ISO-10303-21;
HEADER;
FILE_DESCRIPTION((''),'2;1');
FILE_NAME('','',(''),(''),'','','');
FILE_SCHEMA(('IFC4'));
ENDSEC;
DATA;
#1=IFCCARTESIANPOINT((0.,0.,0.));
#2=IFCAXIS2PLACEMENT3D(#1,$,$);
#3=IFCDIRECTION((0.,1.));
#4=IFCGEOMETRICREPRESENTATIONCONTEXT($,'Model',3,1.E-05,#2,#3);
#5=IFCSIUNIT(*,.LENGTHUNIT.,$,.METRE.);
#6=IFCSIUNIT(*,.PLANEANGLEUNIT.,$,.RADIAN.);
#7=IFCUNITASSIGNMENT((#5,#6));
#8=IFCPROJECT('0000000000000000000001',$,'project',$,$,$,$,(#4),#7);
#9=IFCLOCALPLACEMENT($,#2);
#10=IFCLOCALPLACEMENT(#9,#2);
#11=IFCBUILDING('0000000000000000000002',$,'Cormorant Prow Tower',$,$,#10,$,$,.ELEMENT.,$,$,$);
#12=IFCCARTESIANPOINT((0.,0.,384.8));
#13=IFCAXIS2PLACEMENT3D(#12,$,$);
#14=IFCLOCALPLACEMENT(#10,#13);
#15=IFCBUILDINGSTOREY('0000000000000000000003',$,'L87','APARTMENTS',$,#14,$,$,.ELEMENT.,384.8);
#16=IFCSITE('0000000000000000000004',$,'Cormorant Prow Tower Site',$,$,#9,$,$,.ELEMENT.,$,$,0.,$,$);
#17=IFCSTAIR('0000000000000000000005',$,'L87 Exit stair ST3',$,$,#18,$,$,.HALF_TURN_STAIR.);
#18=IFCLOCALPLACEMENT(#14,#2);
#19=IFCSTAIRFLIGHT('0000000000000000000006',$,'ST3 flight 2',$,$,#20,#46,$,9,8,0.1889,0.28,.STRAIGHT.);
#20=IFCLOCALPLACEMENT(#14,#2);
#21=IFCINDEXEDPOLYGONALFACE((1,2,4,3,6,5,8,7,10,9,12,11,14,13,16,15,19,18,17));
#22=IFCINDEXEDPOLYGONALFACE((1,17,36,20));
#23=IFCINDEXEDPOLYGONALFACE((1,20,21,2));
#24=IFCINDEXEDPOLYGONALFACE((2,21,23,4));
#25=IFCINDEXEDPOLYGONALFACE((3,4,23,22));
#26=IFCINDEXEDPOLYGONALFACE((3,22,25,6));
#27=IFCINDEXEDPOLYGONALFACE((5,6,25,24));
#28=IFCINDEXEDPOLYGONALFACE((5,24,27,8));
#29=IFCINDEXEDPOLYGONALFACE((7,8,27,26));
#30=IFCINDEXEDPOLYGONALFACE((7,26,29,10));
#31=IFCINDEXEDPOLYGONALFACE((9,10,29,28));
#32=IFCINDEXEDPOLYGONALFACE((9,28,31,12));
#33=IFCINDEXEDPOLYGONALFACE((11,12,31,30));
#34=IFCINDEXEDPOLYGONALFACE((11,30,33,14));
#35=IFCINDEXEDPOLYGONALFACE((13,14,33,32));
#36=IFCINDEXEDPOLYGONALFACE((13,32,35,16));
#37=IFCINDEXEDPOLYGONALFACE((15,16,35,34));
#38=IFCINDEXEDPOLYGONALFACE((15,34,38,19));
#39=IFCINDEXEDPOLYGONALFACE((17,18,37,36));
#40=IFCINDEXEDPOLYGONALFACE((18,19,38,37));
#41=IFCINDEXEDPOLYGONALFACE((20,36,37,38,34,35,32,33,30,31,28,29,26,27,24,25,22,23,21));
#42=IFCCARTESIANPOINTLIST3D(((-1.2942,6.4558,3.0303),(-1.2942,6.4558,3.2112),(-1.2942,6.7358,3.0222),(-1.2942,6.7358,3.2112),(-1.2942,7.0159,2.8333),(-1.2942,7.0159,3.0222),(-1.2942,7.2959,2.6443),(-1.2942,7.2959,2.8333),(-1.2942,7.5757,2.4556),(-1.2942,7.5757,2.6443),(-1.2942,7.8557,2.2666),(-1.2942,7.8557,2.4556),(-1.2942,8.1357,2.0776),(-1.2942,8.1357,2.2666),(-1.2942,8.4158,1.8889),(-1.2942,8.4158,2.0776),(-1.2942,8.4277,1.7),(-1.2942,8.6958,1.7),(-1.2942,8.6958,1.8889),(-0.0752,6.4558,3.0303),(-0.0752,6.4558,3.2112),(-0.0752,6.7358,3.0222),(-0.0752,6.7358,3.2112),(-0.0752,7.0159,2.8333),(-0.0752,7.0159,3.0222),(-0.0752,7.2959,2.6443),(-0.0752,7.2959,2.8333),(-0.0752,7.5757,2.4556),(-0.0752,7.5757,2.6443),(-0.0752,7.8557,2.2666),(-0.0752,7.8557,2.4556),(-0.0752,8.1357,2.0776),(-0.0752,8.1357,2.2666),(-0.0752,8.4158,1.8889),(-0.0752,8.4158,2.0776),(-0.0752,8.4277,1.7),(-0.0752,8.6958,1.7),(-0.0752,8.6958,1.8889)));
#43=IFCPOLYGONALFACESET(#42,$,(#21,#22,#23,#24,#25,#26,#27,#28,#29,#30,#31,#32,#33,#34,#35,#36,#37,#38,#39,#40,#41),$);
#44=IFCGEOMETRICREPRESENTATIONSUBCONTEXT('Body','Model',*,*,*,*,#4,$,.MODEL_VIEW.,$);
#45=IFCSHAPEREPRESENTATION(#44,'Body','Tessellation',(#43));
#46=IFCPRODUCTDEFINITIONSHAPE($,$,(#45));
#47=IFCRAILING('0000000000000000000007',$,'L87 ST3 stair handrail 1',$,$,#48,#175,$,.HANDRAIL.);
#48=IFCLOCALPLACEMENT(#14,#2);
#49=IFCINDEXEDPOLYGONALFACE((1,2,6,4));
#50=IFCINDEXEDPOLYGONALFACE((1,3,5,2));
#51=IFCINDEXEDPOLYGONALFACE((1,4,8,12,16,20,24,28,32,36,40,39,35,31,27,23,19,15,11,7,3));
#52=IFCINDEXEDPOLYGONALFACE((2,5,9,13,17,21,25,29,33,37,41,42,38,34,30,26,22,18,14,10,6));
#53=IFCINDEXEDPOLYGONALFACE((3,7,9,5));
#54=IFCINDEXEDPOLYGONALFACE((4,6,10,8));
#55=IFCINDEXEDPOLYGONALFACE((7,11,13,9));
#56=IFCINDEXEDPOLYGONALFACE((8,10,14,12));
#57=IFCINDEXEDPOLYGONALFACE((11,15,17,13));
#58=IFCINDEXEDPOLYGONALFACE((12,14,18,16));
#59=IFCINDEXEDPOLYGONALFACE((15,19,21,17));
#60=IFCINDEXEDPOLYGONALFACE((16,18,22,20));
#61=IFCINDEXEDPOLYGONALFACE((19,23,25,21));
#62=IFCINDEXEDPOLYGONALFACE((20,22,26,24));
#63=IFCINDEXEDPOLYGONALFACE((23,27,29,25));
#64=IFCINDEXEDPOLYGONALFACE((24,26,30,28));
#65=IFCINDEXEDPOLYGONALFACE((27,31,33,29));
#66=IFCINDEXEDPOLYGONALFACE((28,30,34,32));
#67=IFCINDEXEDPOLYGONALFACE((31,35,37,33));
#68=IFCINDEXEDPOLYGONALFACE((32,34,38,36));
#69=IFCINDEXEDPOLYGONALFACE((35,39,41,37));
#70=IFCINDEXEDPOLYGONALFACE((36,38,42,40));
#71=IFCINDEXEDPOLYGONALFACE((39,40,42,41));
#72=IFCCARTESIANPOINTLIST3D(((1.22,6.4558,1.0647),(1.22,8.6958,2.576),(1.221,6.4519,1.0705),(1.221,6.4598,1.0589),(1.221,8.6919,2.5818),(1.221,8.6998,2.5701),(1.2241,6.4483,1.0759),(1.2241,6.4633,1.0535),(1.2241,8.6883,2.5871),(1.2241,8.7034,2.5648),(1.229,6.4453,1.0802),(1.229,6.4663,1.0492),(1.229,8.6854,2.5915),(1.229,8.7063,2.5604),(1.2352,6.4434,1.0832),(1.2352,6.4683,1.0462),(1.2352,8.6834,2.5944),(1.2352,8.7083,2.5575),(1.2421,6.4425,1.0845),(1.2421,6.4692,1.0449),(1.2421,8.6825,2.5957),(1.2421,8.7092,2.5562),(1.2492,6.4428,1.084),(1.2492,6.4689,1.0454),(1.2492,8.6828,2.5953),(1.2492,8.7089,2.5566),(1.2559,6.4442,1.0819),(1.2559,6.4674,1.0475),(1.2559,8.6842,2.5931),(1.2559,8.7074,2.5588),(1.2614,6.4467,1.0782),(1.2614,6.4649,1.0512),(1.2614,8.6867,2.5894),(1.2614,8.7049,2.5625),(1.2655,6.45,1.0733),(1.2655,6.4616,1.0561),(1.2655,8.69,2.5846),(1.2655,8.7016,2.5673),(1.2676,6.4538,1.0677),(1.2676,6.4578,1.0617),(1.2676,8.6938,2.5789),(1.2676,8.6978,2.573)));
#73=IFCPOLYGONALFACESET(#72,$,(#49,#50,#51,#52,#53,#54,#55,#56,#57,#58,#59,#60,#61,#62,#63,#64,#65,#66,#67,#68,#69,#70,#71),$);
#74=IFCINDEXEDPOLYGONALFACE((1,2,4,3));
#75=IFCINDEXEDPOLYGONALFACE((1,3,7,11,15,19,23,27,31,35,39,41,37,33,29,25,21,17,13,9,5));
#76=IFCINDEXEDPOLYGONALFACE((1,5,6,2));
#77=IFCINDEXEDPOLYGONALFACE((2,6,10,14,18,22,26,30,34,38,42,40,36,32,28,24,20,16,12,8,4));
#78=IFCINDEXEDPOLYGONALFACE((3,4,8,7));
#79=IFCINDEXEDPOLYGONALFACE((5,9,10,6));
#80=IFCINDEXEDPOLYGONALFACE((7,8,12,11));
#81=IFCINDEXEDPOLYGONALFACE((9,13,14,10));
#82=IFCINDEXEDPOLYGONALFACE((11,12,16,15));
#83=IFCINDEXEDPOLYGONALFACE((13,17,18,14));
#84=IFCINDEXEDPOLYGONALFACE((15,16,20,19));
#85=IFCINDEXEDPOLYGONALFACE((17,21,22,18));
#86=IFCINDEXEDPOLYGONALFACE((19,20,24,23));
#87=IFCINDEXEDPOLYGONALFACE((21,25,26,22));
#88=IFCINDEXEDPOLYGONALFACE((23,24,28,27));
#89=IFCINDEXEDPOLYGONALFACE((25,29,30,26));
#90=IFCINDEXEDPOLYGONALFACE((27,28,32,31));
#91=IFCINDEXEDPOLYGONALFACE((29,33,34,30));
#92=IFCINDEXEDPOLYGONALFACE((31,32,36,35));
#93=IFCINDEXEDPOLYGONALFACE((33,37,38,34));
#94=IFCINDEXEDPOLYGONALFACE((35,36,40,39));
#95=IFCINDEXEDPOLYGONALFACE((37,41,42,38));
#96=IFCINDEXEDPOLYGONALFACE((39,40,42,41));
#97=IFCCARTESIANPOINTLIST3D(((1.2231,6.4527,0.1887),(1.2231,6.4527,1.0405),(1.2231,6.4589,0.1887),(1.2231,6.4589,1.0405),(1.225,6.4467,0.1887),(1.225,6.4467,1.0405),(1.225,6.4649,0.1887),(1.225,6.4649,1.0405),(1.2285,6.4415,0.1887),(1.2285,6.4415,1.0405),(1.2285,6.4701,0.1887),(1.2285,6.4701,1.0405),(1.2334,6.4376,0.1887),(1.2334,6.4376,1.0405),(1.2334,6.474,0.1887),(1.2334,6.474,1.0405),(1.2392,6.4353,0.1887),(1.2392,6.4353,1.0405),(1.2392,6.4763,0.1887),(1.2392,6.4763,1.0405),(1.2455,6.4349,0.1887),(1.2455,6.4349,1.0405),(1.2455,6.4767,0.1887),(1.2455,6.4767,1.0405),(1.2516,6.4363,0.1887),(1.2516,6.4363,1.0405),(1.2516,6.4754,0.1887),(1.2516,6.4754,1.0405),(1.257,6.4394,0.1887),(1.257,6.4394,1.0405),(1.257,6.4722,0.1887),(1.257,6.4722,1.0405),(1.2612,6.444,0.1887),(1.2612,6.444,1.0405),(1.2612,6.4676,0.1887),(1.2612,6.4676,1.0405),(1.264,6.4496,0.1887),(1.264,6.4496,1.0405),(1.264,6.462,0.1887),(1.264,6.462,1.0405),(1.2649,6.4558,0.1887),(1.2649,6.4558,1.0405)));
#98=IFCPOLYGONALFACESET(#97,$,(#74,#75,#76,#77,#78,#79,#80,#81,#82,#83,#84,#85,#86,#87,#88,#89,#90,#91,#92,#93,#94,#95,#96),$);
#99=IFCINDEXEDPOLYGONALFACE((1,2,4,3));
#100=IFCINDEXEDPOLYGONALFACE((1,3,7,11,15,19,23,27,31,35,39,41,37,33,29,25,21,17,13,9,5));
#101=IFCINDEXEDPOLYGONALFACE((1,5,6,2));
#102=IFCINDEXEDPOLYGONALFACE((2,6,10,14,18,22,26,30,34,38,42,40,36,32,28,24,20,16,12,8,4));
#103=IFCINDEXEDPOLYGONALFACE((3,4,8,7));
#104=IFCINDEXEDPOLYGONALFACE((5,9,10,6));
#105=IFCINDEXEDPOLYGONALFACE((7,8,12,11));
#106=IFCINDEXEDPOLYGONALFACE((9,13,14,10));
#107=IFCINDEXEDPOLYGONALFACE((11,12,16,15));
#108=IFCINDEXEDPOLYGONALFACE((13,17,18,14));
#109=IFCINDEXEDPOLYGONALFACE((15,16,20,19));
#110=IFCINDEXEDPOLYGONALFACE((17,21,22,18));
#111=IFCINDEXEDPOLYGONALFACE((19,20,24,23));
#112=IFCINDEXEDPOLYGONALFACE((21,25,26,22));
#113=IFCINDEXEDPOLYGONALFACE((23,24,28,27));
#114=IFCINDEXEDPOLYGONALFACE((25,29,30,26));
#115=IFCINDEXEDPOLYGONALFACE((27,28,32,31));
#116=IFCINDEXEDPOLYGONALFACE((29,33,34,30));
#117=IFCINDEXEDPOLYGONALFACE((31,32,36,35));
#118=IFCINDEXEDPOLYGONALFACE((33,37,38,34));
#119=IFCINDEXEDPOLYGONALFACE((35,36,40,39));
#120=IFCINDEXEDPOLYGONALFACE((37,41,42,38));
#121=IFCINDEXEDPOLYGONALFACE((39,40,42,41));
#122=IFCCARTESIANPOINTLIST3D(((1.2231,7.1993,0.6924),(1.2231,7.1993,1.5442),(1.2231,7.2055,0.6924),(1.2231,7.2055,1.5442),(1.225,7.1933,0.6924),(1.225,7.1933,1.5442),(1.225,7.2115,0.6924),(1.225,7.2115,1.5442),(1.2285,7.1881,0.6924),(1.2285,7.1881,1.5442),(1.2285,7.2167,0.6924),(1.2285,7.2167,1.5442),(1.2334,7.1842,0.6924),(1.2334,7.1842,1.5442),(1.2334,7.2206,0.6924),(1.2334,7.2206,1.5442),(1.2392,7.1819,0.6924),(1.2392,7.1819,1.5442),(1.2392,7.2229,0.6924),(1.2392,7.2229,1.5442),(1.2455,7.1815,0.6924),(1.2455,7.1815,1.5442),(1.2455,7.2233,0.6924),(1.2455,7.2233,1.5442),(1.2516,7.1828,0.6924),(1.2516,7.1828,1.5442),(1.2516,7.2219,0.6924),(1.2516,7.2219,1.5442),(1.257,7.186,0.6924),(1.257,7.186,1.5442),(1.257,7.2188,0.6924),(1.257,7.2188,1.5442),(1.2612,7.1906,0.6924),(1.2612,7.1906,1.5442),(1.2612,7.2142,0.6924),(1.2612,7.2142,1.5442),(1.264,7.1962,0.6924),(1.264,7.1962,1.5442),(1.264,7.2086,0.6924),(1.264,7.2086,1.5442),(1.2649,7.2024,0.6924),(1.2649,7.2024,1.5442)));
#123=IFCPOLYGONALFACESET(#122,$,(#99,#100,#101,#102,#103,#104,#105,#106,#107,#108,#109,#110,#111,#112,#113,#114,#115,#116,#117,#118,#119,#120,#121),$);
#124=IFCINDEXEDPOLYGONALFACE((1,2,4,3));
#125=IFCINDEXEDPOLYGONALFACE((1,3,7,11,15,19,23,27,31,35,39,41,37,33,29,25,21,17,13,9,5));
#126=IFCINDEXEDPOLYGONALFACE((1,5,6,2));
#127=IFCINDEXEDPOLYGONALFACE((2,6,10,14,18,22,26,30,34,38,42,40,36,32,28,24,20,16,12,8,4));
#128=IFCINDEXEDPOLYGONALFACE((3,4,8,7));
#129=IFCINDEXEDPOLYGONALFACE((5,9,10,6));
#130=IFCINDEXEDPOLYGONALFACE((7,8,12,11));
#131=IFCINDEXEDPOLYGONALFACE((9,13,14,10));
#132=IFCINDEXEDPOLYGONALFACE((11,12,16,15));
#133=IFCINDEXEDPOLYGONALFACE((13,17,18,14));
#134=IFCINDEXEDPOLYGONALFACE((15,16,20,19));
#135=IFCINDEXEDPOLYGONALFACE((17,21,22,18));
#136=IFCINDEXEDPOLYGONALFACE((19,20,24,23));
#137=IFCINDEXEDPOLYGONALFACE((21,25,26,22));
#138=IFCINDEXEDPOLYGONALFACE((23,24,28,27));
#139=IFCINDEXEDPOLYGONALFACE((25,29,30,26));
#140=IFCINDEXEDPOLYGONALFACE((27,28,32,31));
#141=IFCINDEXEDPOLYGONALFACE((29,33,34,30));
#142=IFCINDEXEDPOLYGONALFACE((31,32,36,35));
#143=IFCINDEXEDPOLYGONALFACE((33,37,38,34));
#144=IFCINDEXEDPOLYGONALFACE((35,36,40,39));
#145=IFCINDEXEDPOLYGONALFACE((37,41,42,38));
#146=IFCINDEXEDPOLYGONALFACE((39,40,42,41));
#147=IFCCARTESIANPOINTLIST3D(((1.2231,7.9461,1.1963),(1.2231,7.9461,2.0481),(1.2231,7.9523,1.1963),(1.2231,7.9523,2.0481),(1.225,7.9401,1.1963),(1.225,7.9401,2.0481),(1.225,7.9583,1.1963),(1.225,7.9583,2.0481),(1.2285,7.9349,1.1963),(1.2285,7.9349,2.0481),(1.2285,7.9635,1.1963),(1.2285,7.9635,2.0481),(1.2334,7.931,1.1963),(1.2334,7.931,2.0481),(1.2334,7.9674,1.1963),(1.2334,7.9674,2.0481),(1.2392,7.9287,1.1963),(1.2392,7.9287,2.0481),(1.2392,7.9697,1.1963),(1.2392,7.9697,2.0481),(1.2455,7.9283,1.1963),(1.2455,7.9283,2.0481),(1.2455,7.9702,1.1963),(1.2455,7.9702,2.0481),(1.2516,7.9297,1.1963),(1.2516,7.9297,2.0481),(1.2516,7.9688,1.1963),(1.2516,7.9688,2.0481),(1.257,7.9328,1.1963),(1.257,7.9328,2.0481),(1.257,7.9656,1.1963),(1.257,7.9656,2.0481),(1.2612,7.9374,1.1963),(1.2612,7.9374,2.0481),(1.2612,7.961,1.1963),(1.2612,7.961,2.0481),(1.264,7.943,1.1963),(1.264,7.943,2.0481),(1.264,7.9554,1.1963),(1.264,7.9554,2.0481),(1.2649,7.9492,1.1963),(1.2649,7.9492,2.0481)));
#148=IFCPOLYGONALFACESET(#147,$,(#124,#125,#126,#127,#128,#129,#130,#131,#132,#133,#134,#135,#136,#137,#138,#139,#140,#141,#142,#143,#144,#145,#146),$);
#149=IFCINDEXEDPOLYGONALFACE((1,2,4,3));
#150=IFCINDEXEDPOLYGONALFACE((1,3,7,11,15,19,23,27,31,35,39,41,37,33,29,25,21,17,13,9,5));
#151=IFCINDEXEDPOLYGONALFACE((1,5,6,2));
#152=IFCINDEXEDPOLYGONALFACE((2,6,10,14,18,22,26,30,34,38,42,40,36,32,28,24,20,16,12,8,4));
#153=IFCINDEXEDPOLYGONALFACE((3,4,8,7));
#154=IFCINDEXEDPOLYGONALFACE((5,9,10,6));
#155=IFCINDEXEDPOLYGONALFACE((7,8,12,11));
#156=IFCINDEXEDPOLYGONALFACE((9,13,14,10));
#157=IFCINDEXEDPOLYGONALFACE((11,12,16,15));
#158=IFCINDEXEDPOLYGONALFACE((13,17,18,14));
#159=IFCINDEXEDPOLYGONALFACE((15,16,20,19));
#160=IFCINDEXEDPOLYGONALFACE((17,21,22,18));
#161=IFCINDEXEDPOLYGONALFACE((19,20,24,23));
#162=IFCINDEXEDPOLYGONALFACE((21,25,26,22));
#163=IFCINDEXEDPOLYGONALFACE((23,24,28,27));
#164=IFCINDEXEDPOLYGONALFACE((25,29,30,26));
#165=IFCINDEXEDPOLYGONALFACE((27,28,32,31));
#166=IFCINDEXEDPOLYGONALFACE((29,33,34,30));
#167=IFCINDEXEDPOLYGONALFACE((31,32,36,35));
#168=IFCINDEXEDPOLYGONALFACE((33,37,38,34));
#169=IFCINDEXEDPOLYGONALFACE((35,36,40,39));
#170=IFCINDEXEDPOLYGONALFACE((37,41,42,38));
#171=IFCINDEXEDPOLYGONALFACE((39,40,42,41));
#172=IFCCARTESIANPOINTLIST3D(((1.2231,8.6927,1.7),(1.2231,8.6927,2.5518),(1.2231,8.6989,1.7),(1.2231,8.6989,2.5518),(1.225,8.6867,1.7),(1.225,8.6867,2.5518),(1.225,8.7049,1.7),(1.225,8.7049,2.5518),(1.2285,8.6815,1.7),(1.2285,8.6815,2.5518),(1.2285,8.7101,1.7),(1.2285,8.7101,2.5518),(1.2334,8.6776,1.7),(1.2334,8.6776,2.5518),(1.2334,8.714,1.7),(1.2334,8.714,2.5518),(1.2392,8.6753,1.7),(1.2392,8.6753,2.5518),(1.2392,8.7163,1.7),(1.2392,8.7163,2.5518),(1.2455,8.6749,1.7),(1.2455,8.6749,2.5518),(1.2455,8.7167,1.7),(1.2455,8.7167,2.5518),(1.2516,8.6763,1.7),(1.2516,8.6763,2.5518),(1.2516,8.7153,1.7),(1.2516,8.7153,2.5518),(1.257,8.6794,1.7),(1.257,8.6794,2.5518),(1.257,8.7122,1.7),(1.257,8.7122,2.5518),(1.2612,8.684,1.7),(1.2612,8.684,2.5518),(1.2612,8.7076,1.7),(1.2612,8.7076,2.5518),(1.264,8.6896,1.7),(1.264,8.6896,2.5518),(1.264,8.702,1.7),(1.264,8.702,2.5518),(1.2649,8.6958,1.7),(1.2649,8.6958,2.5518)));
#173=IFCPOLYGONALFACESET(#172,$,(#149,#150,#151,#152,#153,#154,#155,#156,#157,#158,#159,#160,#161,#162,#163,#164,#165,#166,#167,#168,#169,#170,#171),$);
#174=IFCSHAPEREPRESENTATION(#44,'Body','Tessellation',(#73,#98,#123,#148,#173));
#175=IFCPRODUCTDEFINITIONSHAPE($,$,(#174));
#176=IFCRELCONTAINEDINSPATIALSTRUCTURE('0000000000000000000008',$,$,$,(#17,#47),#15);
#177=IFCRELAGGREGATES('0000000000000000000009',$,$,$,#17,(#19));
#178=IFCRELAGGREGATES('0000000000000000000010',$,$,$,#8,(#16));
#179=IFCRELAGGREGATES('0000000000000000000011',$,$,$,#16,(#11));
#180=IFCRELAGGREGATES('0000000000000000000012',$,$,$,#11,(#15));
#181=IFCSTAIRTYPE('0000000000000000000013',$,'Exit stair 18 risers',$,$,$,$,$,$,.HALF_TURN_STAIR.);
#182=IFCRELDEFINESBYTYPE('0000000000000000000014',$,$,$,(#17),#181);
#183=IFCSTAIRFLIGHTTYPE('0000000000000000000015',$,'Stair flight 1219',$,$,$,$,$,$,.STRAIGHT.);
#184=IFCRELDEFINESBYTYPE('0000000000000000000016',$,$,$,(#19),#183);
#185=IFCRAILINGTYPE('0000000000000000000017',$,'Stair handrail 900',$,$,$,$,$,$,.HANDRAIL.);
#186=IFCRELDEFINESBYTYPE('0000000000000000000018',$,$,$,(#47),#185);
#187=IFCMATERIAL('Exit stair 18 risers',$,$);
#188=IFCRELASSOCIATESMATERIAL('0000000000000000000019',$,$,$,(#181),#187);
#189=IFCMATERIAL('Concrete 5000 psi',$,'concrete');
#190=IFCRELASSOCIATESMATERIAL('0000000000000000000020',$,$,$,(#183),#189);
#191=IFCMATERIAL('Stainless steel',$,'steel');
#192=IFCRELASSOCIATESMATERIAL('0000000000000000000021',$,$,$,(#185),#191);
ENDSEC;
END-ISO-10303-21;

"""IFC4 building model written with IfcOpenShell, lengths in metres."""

from ifc_helpers import new_model, si_unit, direction, frame, origin, origin_2d, place, context, subcontext, project, spatial, polyline, circle, outline, extrude, material, type_object, element, aggregate, save


model = new_model("IFC4")

# Units and contexts
model_context = context("Model", 3, precision=1e-05, world=origin(), true_north=direction((0.0, 1.0)))
body_context = subcontext(model_context, "Body", "Model", "MODEL_VIEW")
ifc_project = project(units=[si_unit("LENGTHUNIT", "METRE"), si_unit("PLANEANGLEUNIT", "RADIAN")], contexts=[model_context])

# Site, building, storey
site_placement = place(None, origin())
site = spatial("IfcSite", under=ifc_project, at=site_placement, Name="Cormorant Prow Tower Site", CompositionType="ELEMENT", RefElevation=0.0)
building_placement = place(site_placement, origin())
building = spatial("IfcBuilding", under=site, at=building_placement, Name="Cormorant Prow Tower", CompositionType="ELEMENT")
storey_placement = place(building_placement, frame((0.0, 0.0, 384.8)))
storey = spatial("IfcBuildingStorey", under=building, at=storey_placement, Name="L87", Description="APARTMENTS", CompositionType="ELEMENT", Elevation=384.8)

# Stair
ifc_material_1 = material(Name="Exit stair 18 risers")
stair_type = type_object("IfcStairType", Name="Exit stair 18 risers", PredefinedType="HALF_TURN_STAIR", material=ifc_material_1)
stair_1_placement = place(storey_placement, origin())
stair_1 = element("IfcStair", 1, at=stair_1_placement, inside=storey, type_object=stair_type, Name="L87 Exit stair ST3", PredefinedType="HALF_TURN_STAIR")

# Stair flight
ifc_material_2 = material(Name="Concrete 5000 psi", Category="concrete")
stair_flight_type = type_object("IfcStairFlightType", Name="Stair flight 1219", PredefinedType="STRAIGHT", material=ifc_material_2)
stair_flight_1_placement = place(storey_placement, frame((-0.6846, 8.6958, 1.7), z_axis=(0.0, 0.0, 1.0), x_axis=(0.0, -1.0, 0.0)))
stair_flight_1 = element("IfcStairFlight", 2, at=stair_flight_1_placement, type_object=stair_flight_type, Name="ST3 flight 2", NumberOfRisers=9, NumberOfTreads=8, PredefinedType="STRAIGHT", RiserHeight=0.1889, TreadLength=0.28, context=body_context, shape_type="SweptSolid", body=[
    extrude(outline(polyline([(0.0, 0.0), (0.0, 0.189), (0.28, 0.189), (0.28, 0.3777), (0.5601, 0.3777), (0.5601, 0.5667), (0.8401, 0.5667), (0.8401, 0.7556), (1.1201, 0.7556), (1.1201, 0.9443), (1.3999, 0.9443), (1.3999, 1.1333), (1.6799, 1.1333), (1.6799, 1.3223), (1.96, 1.3223), (1.96, 1.5112), (2.24, 1.5112), (2.24, 1.7), (2.24, 1.3303), (0.2681, 0.0), (0.0, 0.0)])), frame((0.0, 0.6094, 0.0), z_axis=(0.0, -1.0, 0.0), x_axis=(1.0, 0.0, 0.0)), (0.0, 0.0, 1.0), 1.219),
])
aggregate(stair_1, [stair_flight_1])

# Railing
ifc_material_3 = material(Name="Stainless steel", Category="steel")
railing_type_1 = type_object("IfcRailingType", Name="Stair handrail 900", PredefinedType="HANDRAIL", material=ifc_material_3)
railing_1_placement = place(storey_placement, frame((1.2439, 6.4558, 0.1887)))
element("IfcRailing", 3, at=railing_1_placement, inside=storey, type_object=railing_type_1, Name="L87 ST3 stair handrail 1", PredefinedType="HANDRAIL", context=body_context, shape_type="SweptSolid", body=[
    extrude(circle(Radius=0.0239, at=origin_2d()), frame((0.0, 0.0, 0.876), z_axis=(0.0, 0.82898, 0.559279), x_axis=(-1.0, 0.0, 0.0)), (0.0, 0.0, 1.0), 2.7021),
    extrude(circle(Radius=0.021, at=origin_2d()), origin(), (0.0, 0.0, 1.0), 0.8518),
    extrude(circle(Radius=0.021, at=origin_2d()), frame((0.0, 0.7466, 0.5037)), (0.0, 0.0, 1.0), 0.8518),
    extrude(circle(Radius=0.021, at=origin_2d()), frame((0.0, 1.4934, 1.0076)), (0.0, 0.0, 1.0), 0.8518),
    extrude(circle(Radius=0.021, at=origin_2d()), frame((0.0, 2.24, 1.5112)), (0.0, 0.0, 1.0), 0.8518),
])

save(model, "model.ifc")
